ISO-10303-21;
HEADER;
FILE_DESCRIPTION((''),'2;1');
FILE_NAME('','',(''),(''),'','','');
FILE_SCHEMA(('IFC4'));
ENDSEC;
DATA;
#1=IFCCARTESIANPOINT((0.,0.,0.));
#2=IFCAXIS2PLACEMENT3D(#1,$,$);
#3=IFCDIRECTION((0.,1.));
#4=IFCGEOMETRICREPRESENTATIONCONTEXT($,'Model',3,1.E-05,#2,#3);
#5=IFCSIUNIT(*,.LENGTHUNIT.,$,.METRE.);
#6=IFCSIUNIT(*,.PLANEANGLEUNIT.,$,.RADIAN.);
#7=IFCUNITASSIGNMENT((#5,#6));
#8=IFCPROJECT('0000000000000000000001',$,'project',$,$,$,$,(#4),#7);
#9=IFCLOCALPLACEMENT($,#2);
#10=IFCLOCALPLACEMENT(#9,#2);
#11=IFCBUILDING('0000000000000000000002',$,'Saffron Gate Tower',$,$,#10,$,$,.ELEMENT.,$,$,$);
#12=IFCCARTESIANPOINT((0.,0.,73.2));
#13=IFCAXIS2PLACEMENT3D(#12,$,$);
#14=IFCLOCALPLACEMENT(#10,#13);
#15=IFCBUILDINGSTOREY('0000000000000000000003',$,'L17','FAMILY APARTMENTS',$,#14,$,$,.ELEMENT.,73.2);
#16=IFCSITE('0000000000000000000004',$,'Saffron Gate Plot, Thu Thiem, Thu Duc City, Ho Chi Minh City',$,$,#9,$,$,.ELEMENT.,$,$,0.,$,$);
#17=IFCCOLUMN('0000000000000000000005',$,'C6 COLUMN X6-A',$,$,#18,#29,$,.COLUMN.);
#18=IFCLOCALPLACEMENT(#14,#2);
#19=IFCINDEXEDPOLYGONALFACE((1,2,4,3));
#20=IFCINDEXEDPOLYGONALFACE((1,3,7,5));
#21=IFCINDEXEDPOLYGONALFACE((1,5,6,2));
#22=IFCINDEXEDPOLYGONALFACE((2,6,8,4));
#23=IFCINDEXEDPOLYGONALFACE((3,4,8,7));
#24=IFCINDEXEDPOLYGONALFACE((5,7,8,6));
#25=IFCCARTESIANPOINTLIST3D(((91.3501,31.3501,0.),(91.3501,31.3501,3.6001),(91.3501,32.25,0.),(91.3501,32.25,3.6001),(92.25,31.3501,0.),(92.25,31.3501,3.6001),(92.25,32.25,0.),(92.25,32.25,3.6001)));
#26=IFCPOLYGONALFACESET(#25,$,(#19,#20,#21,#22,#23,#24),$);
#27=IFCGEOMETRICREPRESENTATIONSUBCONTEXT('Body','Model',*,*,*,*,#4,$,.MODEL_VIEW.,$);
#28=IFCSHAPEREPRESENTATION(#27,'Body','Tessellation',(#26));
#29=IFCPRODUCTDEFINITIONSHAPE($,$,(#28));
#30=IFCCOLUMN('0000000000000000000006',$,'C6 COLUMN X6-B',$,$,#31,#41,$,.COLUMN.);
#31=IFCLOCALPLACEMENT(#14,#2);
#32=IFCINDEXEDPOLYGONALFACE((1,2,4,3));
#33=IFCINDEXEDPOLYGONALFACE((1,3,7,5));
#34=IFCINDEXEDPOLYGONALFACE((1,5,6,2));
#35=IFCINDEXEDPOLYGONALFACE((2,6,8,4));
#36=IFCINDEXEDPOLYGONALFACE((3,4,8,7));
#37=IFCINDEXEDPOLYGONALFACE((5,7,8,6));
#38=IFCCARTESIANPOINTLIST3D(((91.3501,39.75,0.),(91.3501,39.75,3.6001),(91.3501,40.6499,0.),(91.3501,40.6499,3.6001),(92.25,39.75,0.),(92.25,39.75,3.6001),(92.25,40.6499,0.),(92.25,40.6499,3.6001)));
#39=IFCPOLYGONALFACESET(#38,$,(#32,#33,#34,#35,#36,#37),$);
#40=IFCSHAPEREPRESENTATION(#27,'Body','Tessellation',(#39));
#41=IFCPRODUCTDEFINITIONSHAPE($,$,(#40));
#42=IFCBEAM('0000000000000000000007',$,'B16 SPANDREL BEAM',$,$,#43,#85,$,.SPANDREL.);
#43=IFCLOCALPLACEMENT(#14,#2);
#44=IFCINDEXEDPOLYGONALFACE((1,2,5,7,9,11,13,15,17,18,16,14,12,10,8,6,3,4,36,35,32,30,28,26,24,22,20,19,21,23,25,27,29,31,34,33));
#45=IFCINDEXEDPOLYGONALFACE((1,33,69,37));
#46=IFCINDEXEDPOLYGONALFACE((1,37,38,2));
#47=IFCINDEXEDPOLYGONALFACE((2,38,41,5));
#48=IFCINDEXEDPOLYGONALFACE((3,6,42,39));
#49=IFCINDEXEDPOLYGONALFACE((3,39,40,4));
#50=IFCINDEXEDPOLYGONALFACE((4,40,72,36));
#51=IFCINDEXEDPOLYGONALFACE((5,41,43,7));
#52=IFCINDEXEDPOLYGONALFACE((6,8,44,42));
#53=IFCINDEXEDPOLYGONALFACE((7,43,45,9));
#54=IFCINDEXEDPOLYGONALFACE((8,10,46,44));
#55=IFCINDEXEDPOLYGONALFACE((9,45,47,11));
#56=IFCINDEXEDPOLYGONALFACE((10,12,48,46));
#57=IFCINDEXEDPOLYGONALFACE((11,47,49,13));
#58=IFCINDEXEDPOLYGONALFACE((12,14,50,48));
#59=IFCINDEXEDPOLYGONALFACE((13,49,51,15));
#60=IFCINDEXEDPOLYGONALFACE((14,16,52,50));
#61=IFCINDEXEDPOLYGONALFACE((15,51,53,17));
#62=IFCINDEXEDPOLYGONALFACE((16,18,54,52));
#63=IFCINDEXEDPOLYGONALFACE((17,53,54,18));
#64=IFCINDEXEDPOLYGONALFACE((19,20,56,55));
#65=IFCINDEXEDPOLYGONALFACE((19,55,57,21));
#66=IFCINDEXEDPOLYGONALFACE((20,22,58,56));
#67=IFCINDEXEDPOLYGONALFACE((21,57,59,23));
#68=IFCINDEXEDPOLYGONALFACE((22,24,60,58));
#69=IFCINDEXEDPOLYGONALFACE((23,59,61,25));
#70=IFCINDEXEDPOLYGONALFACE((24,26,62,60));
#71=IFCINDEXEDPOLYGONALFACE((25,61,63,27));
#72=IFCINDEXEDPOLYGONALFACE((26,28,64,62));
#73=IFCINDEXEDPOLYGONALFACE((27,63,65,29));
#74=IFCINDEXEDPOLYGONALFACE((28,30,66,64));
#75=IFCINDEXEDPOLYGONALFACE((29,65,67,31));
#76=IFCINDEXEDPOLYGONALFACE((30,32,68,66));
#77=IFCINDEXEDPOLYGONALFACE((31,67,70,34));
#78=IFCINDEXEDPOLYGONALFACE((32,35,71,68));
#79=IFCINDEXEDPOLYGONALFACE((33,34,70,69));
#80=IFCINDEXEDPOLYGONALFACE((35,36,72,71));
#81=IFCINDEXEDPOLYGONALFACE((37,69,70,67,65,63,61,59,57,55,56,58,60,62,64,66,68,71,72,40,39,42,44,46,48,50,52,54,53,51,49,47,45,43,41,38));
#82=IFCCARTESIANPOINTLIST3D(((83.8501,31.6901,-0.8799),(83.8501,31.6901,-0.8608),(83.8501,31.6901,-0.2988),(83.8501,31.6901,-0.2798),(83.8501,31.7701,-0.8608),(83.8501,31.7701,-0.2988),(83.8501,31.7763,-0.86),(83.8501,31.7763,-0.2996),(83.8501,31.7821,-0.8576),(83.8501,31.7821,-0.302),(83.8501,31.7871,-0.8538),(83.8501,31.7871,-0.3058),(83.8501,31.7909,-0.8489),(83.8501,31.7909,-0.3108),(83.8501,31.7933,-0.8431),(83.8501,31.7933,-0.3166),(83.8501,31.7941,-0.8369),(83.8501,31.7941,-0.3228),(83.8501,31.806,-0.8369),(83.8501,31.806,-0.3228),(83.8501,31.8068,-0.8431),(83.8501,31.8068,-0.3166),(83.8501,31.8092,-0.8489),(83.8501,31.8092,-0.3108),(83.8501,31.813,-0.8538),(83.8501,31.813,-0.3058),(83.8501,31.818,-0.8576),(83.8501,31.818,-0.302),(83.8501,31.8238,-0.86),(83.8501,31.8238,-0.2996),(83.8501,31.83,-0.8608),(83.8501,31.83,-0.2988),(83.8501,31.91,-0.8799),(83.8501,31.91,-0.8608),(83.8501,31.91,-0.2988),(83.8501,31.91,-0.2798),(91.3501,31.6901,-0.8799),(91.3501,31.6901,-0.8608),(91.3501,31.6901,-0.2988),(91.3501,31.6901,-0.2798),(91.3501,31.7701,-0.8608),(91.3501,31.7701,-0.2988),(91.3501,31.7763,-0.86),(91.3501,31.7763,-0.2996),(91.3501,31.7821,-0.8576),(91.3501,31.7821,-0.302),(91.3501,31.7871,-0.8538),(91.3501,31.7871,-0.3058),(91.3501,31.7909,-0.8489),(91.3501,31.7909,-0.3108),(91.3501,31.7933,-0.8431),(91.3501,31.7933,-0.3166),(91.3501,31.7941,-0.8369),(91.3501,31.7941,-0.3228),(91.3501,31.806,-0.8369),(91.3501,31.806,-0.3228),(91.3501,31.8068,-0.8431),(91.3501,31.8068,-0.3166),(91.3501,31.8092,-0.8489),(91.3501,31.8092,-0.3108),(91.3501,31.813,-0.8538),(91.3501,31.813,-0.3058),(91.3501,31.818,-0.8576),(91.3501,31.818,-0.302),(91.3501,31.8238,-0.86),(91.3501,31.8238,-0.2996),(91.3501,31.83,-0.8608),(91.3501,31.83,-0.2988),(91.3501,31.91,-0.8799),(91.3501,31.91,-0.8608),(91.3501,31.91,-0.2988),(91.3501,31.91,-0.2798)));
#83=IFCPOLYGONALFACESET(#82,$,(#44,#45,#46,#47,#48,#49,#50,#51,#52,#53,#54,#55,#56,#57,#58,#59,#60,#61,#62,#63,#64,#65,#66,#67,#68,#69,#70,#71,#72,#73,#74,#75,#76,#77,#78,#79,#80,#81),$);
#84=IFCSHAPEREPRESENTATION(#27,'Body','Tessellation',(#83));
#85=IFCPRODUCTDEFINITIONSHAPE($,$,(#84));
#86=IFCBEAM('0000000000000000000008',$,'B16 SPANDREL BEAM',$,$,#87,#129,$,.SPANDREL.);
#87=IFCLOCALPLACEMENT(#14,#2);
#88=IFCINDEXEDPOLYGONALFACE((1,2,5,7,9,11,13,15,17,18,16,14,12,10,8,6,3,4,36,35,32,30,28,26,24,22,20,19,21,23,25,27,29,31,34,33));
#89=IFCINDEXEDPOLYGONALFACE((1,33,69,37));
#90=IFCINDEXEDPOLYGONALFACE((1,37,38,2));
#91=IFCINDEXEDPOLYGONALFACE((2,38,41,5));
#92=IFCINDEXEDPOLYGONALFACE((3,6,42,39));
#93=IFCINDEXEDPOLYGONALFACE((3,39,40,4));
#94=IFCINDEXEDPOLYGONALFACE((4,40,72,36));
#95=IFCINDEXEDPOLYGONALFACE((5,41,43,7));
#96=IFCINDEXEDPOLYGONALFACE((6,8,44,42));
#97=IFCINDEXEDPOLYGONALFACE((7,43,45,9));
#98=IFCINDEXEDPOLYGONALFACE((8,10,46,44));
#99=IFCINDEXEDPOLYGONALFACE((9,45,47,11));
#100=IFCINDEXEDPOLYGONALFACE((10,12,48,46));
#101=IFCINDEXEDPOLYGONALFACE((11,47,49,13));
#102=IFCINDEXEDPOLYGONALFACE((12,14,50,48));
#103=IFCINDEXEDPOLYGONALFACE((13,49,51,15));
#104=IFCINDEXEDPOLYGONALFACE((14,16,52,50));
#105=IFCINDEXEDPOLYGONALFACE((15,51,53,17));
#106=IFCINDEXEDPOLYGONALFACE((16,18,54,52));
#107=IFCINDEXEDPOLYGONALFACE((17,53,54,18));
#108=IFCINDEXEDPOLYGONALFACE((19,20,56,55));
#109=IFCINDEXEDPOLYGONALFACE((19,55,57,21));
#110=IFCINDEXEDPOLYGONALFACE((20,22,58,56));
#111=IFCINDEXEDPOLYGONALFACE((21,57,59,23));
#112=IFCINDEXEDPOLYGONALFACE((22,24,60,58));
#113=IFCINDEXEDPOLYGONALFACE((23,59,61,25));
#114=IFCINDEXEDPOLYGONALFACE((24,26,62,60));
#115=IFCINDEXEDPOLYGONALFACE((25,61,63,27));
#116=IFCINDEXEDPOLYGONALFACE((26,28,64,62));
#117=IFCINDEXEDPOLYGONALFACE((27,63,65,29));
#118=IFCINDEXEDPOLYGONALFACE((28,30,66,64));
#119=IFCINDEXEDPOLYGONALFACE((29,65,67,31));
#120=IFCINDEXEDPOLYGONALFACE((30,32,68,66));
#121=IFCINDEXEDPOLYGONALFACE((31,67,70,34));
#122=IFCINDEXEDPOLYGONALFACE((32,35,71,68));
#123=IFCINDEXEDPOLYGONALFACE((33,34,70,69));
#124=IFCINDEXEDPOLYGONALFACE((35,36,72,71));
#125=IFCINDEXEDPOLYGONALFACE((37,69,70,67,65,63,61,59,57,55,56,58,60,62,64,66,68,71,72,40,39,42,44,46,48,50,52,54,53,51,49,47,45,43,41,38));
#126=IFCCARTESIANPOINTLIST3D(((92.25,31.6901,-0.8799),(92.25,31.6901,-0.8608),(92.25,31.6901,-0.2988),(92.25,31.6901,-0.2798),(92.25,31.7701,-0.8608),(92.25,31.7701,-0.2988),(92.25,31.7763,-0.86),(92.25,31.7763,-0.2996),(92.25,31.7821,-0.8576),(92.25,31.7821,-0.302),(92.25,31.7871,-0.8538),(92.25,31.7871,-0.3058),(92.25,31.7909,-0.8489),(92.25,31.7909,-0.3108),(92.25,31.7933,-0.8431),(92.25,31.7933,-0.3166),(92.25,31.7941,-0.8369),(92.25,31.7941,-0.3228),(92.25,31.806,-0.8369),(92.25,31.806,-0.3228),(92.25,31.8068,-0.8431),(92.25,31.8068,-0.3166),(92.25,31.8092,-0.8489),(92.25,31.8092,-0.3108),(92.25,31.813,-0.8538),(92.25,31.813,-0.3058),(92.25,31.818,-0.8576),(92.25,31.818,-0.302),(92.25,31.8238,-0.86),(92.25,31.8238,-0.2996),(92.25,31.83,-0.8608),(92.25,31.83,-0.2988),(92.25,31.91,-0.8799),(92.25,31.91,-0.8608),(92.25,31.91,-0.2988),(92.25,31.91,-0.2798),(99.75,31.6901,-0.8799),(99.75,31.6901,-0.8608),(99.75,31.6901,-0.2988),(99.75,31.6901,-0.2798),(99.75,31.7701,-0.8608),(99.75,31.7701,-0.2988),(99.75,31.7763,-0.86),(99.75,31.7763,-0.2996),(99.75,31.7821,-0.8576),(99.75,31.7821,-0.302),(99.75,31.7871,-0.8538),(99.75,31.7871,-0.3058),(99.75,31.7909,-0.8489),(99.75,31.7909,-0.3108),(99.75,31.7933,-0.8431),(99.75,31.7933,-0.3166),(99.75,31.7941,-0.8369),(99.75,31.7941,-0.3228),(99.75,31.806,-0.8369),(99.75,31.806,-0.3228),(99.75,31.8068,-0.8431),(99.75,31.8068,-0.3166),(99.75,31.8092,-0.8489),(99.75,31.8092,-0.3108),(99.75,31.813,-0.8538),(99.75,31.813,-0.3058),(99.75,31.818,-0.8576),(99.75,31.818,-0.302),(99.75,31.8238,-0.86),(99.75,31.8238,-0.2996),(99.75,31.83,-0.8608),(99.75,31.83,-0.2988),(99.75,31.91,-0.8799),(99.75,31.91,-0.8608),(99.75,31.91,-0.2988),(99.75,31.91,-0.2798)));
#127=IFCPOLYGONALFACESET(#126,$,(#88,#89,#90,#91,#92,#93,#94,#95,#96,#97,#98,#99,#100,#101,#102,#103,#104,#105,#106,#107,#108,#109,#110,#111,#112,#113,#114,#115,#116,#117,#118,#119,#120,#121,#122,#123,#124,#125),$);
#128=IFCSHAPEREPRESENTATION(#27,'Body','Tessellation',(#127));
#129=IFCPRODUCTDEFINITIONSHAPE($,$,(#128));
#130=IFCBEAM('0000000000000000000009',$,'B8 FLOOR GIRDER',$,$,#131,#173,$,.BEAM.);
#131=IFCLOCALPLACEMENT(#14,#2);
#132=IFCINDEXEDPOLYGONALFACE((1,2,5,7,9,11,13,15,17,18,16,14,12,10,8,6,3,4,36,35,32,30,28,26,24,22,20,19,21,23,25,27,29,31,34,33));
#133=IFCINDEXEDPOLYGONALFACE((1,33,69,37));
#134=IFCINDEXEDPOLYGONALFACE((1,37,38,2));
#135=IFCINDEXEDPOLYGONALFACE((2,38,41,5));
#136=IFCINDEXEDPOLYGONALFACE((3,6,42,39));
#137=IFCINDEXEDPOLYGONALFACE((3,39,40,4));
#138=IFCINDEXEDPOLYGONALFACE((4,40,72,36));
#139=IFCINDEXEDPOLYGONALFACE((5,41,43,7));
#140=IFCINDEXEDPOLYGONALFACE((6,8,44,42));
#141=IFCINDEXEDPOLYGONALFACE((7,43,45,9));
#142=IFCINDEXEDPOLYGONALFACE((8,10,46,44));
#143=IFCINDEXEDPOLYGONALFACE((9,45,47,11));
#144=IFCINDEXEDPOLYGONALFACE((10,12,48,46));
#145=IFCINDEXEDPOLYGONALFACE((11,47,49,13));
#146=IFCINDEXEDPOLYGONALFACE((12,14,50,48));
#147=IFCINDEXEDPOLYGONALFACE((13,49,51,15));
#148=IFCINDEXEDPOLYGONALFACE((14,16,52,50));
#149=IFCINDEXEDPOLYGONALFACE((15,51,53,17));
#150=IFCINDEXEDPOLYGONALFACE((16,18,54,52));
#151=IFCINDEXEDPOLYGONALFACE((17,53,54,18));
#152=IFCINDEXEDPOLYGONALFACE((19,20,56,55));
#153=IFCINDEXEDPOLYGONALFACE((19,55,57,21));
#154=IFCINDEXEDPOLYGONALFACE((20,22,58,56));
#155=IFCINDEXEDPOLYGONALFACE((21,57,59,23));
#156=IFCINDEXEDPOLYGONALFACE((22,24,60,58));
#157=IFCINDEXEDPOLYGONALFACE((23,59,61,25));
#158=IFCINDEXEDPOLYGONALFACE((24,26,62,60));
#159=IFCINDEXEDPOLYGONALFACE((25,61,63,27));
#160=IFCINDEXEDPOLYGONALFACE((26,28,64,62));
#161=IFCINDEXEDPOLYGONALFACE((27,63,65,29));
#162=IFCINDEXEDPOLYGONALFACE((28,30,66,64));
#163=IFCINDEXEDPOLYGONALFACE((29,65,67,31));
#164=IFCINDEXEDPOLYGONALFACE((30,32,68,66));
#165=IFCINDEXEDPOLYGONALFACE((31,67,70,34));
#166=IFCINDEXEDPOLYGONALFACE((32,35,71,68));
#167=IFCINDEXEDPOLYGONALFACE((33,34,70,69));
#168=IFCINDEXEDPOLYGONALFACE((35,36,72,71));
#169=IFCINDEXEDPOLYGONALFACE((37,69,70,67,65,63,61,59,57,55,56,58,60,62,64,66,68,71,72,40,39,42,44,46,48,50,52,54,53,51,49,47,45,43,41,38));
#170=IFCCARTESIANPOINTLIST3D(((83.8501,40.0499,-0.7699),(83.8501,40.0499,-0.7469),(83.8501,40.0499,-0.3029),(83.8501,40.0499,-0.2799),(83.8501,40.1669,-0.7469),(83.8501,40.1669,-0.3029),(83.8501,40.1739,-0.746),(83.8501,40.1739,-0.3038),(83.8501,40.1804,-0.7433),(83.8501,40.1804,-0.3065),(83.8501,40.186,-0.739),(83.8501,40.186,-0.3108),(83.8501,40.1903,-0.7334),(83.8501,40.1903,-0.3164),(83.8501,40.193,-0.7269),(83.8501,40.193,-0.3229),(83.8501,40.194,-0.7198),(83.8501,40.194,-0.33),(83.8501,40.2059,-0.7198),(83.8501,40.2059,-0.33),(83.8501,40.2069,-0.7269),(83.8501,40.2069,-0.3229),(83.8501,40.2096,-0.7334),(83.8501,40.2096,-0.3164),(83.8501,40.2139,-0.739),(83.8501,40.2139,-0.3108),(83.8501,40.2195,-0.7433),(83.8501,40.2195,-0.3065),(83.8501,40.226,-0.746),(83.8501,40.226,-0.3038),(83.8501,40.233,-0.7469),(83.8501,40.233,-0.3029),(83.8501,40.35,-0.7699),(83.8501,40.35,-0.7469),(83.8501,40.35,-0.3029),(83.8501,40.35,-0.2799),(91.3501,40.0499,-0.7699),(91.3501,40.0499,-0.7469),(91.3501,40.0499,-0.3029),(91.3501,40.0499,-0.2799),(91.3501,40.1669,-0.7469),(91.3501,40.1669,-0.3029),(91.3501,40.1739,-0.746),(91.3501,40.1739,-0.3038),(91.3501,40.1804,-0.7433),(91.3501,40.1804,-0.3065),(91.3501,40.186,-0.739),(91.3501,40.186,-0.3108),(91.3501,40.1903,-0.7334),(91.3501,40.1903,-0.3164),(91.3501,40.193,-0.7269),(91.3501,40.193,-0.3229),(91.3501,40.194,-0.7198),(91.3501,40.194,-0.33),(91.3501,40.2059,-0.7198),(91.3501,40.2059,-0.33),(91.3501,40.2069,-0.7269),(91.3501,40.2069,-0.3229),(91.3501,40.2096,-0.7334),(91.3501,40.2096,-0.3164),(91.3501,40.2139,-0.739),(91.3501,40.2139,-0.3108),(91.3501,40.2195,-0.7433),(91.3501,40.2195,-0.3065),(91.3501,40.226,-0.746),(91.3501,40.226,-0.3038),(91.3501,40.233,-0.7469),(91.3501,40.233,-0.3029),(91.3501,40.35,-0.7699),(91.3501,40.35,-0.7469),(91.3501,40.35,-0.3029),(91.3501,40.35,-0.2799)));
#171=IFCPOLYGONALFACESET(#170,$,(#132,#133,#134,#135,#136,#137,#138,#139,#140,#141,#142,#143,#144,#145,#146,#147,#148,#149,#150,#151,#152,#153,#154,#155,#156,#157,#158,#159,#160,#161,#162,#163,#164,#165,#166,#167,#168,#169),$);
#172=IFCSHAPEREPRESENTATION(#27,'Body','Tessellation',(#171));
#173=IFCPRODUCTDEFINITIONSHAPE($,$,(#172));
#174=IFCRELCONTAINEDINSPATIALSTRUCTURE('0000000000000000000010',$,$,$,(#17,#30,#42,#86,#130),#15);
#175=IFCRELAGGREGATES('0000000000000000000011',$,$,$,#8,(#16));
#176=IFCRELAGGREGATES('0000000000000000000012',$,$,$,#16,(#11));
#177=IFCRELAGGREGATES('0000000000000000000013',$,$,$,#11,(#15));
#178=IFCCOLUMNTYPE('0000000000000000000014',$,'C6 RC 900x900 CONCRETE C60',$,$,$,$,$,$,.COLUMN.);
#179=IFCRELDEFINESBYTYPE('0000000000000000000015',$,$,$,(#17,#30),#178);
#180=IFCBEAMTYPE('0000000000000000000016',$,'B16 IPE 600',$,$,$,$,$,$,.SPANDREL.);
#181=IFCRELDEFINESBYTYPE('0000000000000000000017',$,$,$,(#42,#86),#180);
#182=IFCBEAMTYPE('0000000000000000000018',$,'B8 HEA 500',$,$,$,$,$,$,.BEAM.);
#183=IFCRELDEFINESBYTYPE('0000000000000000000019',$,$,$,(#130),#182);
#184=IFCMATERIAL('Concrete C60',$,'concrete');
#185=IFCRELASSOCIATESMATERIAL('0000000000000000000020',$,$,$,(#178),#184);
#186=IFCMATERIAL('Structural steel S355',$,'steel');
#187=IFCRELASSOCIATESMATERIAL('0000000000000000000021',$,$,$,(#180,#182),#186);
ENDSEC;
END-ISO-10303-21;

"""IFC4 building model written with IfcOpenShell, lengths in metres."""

from ifc_helpers import new_model, si_unit, direction, frame, origin, origin_2d, place, context, subcontext, project, spatial, rectangle, i_section, extrude, material, material_profile, profile_set, type_object, element, save


model = new_model("IFC4")

# Units and contexts
model_context = context("Model", 3, precision=1e-05, world=origin(), true_north=direction((0.0, 1.0)))
body_context = subcontext(model_context, "Body", "Model", "MODEL_VIEW")
ifc_project = project(units=[si_unit("LENGTHUNIT", "METRE"), si_unit("PLANEANGLEUNIT", "RADIAN")], contexts=[model_context])

# Site, building, storey
site_placement = place(None, origin())
site = spatial("IfcSite", under=ifc_project, at=site_placement, Name="Saffron Gate Plot, Thu Thiem, Thu Duc City, Ho Chi Minh City", CompositionType="ELEMENT", RefElevation=0.0)
building_placement = place(site_placement, origin())
building = spatial("IfcBuilding", under=site, at=building_placement, Name="Saffron Gate Tower", CompositionType="ELEMENT")
storey_placement = place(building_placement, frame((0.0, 0.0, 73.2)))
storey = spatial("IfcBuildingStorey", under=building, at=storey_placement, Name="L17", Description="FAMILY APARTMENTS", CompositionType="ELEMENT", Elevation=73.2)

# Columns
ifc_material_1 = material(Name="Concrete C60", Category="concrete")
ifc_material_profile_1 = material_profile(ifc_material_1, rectangle(XDim=0.8999, YDim=0.8999, at=origin_2d()))
ifc_profile_set_1 = profile_set([ifc_material_profile_1], Name="Concrete C60")
column_type = type_object("IfcColumnType", Name="C6 RC 900x900 CONCRETE C60", PredefinedType="COLUMN", material=ifc_profile_set_1)
for number, where, z_axis, x_axis, name in (
    (1, (91.8, 31.8, 0.0), (0.0, 0.0, 1.0), (1.0, 0.0, 0.0), "C6 COLUMN X6-A"),
    (2, (91.8, 40.2, 0.0), (0.0, 0.0, 1.0), (1.0, 0.0, 0.0), "C6 COLUMN X6-B"),
):
    element("IfcColumn", number, at=place(storey_placement, frame(where, z_axis=z_axis, x_axis=x_axis)), inside=storey, type_object=column_type, Name=name, PredefinedType="COLUMN", context=body_context, shape_type="SweptSolid", body=[
        extrude(rectangle(XDim=0.8999, YDim=0.8999, at=origin_2d()), origin(), (0.0, 0.0, 1.0), 3.6001),
    ])

# Beams
ifc_material_2 = material(Name="Structural steel S355", Category="steel")
ifc_material_profile_2 = material_profile(ifc_material_2, i_section(OverallWidth=0.22, OverallDepth=0.6001, WebThickness=0.012, FlangeThickness=0.019, FilletRadius=0.0239, at=origin_2d()))
ifc_profile_set_2 = profile_set([ifc_material_profile_2], Name="Structural steel S355")
beam_type_1 = type_object("IfcBeamType", Name="B16 IPE 600", PredefinedType="SPANDREL", material=ifc_profile_set_2)
for number, where, z_axis, x_axis, name in (
    (3, (83.8501, 31.8, -0.5798), (1.0, 0.0, 0.0), (0.0, 1.0, 0.0), "B16 SPANDREL BEAM"),
    (4, (92.25, 31.8, -0.5798), (1.0, 0.0, 0.0), (0.0, 1.0, 0.0), "B16 SPANDREL BEAM"),
):
    element("IfcBeam", number, at=place(storey_placement, frame(where, z_axis=z_axis, x_axis=x_axis)), inside=storey, type_object=beam_type_1, Name=name, PredefinedType="SPANDREL", context=body_context, shape_type="SweptSolid", body=[
        extrude(i_section(OverallWidth=0.22, OverallDepth=0.6001, WebThickness=0.012, FlangeThickness=0.019, FilletRadius=0.0239, at=origin_2d()), origin(), (0.0, 0.0, 1.0), 7.5),
    ])
ifc_material_profile_3 = material_profile(ifc_material_2, i_section(OverallWidth=0.3, OverallDepth=0.49, WebThickness=0.012, FlangeThickness=0.0229, FilletRadius=0.0271, at=origin_2d()))
ifc_profile_set_3 = profile_set([ifc_material_profile_3], Name="Structural steel S355")
beam_type_2 = type_object("IfcBeamType", Name="B8 HEA 500", PredefinedType="BEAM", material=ifc_profile_set_3)
for number, where, z_axis, x_axis, name in (
    (5, (83.8501, 40.2, -0.5249), (1.0, 0.0, 0.0), (0.0, 1.0, 0.0), "B8 FLOOR GIRDER"),
):
    element("IfcBeam", number, at=place(storey_placement, frame(where, z_axis=z_axis, x_axis=x_axis)), inside=storey, type_object=beam_type_2, Name=name, PredefinedType="BEAM", context=body_context, shape_type="SweptSolid", body=[
        extrude(i_section(OverallWidth=0.3, OverallDepth=0.49, WebThickness=0.012, FlangeThickness=0.0229, FilletRadius=0.0271, at=origin_2d()), origin(), (0.0, 0.0, 1.0), 7.5),
    ])

save(model, "model.ifc")
